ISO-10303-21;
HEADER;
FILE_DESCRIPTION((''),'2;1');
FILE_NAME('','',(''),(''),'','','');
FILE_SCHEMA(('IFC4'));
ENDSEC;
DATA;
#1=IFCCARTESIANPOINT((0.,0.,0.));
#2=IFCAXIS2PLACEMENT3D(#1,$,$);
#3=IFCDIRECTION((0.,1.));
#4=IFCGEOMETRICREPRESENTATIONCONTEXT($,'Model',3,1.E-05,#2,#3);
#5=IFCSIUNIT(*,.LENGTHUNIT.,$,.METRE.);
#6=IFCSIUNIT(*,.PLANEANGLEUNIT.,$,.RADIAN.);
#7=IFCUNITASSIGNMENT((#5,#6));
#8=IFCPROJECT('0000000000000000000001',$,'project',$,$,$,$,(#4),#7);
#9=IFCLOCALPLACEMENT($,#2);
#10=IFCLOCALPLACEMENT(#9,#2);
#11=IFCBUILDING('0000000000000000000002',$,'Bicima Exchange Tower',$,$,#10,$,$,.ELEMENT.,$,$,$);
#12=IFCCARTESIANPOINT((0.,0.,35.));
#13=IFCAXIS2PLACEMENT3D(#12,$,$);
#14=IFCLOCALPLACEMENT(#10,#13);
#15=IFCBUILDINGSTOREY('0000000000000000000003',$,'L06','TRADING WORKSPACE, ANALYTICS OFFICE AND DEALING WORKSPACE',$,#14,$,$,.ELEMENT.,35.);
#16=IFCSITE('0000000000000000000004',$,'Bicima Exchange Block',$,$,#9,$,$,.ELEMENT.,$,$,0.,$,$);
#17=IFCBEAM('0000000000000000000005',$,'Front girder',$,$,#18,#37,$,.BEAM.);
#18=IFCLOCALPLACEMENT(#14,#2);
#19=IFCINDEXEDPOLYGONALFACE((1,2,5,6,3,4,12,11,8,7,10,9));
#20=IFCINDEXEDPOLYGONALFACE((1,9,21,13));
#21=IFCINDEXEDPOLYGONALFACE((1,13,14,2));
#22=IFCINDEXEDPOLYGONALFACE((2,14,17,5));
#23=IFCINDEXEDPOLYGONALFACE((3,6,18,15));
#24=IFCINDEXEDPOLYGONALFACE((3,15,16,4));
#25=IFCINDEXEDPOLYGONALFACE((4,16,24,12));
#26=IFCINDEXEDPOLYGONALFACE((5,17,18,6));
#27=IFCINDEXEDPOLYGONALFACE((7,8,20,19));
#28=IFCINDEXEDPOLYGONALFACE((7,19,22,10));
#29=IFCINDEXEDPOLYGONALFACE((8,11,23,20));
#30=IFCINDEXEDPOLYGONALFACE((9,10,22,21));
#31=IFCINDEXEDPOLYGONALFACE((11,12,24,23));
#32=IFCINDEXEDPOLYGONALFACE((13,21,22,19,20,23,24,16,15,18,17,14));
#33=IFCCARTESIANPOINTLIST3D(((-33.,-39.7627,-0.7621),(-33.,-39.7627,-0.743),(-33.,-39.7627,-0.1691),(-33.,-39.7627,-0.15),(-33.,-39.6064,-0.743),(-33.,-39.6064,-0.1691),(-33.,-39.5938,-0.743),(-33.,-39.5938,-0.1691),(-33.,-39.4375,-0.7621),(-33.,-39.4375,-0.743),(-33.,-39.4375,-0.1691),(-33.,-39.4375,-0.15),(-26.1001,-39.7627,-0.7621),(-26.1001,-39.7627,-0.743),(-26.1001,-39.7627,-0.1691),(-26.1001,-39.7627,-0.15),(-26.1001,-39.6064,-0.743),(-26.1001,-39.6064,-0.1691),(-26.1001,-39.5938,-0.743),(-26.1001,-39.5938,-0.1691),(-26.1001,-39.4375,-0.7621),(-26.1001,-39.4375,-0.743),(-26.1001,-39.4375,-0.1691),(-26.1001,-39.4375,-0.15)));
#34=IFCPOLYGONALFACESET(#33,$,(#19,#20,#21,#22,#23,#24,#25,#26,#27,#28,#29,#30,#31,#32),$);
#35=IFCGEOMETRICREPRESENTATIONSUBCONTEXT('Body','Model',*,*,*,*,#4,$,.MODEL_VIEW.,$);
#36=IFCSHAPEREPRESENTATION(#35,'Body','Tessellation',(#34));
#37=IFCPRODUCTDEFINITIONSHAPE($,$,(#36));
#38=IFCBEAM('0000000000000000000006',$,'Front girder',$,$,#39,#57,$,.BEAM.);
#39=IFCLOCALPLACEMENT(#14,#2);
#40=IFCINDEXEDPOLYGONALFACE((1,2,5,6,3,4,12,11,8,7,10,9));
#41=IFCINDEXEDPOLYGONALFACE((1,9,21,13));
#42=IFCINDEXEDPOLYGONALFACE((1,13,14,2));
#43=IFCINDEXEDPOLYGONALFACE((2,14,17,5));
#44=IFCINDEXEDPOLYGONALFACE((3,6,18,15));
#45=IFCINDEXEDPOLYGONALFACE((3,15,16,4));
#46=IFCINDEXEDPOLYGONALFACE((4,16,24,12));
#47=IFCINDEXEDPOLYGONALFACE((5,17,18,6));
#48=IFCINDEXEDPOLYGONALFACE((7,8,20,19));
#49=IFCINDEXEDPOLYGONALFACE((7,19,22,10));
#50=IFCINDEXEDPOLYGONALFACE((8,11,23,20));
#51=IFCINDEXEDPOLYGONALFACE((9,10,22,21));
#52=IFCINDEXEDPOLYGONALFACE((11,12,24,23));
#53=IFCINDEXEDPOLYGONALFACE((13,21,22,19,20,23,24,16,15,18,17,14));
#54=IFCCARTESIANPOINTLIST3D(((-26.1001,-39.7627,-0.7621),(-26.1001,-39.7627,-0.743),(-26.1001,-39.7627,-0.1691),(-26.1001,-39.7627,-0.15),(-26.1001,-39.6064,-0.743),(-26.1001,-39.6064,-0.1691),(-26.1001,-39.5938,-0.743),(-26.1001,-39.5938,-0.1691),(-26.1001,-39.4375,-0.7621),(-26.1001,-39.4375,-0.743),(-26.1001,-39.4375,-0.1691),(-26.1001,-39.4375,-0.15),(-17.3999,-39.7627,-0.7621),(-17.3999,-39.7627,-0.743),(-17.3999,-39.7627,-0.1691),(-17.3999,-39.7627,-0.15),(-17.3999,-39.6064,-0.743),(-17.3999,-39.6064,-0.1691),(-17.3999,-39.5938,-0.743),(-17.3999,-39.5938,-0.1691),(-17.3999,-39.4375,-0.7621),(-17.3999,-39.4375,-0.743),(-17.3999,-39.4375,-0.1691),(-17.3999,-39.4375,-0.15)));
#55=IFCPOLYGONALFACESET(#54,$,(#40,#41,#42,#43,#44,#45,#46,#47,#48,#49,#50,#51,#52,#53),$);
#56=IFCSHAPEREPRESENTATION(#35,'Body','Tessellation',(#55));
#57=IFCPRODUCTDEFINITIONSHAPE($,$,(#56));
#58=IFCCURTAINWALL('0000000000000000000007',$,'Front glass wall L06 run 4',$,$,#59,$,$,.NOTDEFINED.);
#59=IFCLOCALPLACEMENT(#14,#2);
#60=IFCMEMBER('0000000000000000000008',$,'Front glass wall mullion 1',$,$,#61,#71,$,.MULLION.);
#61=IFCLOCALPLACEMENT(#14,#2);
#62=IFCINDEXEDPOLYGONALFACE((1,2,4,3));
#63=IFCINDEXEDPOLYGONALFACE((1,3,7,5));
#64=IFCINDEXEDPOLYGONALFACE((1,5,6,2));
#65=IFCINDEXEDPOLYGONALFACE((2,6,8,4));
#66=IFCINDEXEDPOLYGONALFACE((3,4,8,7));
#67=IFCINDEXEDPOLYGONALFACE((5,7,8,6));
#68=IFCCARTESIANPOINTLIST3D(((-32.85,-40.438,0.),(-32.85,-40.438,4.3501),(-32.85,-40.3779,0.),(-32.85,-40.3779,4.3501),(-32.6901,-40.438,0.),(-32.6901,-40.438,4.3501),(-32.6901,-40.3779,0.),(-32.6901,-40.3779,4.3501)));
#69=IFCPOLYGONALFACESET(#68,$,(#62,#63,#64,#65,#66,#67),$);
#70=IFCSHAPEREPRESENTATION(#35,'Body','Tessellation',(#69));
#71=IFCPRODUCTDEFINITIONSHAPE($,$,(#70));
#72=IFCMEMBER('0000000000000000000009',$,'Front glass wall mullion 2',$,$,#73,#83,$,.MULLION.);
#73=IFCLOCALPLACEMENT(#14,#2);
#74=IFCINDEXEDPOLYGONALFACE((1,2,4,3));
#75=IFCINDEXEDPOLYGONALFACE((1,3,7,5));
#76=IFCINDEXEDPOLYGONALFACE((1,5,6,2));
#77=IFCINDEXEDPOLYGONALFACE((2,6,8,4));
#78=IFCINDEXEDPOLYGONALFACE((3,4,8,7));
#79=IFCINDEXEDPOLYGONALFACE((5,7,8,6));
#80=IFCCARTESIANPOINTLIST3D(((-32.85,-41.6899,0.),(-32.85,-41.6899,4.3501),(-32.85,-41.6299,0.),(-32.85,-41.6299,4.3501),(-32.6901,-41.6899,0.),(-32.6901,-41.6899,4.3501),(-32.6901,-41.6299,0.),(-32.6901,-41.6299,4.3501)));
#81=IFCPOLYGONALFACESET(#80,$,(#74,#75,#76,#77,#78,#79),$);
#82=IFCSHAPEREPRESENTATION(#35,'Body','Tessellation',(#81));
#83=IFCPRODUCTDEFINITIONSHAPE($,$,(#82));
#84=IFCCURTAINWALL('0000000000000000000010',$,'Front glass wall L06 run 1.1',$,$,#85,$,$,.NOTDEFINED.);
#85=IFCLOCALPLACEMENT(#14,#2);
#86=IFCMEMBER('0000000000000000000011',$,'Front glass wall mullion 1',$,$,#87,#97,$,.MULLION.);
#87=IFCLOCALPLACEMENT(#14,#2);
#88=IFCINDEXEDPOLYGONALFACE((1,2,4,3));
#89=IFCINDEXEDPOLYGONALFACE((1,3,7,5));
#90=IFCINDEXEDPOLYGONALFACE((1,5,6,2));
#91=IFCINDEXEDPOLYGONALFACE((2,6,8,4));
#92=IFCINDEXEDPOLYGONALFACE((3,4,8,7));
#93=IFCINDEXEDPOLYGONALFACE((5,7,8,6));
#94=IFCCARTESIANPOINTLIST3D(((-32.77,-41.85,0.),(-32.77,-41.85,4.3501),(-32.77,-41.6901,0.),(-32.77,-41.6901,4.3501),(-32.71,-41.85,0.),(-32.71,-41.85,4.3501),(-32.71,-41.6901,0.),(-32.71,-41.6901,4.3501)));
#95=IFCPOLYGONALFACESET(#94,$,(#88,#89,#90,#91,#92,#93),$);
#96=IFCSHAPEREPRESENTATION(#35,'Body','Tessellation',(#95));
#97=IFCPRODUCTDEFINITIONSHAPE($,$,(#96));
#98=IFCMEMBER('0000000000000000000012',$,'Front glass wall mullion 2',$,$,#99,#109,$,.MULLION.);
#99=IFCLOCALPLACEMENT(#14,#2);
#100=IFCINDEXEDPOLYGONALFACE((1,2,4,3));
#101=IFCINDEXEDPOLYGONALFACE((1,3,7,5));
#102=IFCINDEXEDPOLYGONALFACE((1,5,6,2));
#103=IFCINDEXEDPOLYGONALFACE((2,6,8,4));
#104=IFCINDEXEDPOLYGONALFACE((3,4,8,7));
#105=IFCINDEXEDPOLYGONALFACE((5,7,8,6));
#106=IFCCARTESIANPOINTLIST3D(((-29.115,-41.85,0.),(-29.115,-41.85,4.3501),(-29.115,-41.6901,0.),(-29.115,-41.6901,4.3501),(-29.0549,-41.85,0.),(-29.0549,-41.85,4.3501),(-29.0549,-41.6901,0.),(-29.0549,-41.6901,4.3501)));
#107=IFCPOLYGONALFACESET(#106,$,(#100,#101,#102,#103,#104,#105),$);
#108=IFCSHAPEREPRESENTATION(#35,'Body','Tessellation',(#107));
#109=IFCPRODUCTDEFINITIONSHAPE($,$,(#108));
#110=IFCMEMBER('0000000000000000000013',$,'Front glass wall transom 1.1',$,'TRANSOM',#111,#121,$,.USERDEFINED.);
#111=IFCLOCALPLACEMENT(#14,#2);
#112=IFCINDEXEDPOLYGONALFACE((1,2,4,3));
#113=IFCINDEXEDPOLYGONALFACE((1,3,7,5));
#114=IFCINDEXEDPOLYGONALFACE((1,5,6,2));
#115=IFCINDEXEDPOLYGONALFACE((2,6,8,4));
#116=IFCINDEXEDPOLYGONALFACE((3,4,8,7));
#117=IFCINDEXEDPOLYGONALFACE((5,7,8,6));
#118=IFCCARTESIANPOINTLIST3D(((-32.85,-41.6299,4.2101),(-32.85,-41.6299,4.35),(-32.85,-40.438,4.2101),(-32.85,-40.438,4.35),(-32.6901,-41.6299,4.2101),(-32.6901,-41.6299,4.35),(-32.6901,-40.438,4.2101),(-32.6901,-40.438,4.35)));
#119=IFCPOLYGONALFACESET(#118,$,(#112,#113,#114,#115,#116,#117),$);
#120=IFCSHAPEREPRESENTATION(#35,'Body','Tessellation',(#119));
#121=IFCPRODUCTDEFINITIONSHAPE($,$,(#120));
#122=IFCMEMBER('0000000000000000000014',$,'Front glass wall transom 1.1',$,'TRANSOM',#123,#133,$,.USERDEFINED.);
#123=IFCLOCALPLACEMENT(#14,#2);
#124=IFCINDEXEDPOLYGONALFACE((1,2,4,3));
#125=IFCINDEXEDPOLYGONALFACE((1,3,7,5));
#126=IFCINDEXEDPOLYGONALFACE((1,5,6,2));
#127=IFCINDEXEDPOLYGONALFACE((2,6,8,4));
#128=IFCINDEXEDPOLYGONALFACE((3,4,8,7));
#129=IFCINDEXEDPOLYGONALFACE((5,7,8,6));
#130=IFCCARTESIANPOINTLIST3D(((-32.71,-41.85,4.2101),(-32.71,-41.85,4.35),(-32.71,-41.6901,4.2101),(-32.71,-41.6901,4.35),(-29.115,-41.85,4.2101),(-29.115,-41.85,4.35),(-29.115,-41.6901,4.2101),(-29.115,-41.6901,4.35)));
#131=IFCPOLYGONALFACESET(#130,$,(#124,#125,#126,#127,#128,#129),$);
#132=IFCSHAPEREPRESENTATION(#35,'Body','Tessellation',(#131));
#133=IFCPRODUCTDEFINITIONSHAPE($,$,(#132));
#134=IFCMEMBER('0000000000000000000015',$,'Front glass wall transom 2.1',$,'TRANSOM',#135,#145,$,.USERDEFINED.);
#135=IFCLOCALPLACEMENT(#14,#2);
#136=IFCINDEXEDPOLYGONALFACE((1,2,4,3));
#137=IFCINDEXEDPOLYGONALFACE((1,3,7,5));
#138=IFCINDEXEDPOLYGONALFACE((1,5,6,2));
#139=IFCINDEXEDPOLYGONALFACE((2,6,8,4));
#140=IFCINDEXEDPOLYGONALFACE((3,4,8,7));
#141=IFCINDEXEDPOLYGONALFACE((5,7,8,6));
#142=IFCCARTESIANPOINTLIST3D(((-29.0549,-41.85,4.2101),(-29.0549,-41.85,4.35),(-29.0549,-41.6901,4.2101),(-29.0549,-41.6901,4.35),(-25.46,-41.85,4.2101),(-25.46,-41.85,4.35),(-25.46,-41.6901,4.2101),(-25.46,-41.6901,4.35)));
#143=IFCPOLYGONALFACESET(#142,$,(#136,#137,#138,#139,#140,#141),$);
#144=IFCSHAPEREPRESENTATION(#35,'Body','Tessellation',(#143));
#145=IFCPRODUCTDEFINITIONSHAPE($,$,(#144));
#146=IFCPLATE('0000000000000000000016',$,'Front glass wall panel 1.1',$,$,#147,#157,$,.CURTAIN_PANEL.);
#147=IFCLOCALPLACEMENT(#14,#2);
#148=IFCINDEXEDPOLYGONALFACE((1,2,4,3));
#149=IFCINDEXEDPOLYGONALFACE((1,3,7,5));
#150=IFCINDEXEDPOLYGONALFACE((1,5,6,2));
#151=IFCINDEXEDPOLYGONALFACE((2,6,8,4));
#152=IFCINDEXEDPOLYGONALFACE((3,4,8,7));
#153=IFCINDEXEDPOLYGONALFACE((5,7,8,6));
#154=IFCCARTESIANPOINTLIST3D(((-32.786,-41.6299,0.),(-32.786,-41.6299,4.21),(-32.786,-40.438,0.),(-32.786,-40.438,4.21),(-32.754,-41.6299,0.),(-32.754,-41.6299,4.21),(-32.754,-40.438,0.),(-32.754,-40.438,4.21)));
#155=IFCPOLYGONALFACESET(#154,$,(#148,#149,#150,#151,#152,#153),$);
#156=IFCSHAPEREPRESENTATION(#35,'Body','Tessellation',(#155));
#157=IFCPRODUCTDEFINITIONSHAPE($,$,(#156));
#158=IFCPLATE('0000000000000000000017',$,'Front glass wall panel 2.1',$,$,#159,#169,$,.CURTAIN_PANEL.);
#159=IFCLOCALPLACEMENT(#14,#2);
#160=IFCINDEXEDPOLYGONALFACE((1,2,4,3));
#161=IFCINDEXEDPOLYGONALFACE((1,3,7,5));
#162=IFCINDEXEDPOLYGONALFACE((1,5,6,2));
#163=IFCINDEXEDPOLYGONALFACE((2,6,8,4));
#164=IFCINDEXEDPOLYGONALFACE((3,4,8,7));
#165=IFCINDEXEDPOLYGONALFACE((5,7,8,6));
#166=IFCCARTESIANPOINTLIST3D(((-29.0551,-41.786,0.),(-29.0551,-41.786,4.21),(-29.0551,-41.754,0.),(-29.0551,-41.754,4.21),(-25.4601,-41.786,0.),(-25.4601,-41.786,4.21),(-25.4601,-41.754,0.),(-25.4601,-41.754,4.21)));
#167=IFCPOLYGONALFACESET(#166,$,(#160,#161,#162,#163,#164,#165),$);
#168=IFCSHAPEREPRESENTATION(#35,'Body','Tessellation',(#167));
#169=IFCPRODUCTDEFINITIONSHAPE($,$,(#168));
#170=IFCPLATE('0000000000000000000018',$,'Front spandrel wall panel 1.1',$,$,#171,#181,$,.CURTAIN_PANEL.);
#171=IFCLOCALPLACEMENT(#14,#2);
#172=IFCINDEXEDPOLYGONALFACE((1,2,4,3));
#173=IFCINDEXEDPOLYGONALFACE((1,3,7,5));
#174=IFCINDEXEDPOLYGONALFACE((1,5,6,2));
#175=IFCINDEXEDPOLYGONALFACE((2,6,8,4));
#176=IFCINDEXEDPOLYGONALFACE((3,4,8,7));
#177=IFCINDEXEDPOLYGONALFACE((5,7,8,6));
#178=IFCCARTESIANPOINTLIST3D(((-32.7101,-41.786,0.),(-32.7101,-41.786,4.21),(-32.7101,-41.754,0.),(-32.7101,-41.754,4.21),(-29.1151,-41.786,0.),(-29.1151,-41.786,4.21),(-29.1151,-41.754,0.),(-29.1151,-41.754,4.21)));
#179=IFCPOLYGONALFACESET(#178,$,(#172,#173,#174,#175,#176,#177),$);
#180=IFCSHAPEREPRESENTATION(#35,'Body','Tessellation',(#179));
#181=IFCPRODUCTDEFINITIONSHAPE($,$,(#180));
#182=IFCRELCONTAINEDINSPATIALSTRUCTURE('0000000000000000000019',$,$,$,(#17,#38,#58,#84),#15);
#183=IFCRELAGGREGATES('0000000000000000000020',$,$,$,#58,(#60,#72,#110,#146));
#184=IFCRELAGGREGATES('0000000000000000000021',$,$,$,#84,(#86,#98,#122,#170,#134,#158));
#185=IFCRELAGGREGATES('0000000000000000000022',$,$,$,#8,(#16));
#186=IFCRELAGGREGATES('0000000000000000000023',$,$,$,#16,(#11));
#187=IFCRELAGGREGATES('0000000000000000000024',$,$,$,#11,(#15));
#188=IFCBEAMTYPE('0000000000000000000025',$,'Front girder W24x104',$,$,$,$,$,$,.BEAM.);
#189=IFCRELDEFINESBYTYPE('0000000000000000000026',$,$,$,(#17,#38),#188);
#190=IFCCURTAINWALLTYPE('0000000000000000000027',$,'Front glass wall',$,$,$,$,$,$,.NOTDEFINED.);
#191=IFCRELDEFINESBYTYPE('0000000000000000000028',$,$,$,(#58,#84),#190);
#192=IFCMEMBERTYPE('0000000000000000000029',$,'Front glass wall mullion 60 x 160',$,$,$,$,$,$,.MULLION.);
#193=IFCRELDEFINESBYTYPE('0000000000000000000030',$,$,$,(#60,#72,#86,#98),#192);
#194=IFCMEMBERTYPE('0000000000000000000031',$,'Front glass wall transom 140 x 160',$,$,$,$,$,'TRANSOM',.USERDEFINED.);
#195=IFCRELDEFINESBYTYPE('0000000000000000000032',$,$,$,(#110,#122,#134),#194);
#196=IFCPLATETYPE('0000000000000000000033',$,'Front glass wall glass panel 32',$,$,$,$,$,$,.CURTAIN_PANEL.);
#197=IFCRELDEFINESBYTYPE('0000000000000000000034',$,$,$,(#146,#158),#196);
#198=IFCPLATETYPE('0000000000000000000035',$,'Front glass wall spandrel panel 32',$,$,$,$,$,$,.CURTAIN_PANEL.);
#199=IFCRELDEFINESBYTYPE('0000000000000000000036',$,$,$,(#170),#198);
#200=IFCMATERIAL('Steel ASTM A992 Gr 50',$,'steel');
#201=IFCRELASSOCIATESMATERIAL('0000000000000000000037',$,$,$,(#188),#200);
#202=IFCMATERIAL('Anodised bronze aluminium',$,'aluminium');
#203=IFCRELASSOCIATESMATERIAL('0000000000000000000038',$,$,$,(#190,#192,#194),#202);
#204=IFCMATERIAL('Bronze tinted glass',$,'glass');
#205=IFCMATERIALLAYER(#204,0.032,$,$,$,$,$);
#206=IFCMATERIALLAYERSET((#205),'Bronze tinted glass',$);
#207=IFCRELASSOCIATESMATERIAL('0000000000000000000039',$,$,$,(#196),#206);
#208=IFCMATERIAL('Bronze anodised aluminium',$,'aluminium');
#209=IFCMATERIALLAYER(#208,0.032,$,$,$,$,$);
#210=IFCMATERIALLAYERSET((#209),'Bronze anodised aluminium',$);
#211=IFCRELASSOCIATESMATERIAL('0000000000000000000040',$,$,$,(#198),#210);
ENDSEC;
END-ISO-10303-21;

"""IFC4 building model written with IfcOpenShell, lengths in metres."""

from ifc_helpers import new_model, si_unit, direction, frame, origin, origin_2d, place, context, subcontext, project, spatial, rectangle, i_section, extrude, material, layer, layer_set, material_profile, profile_set, type_object, element, aggregate, save


model = new_model("IFC4")

# Units and contexts
model_context = context("Model", 3, precision=1e-05, world=origin(), true_north=direction((0.0, 1.0)))
body_context = subcontext(model_context, "Body", "Model", "MODEL_VIEW")
ifc_project = project(units=[si_unit("LENGTHUNIT", "METRE"), si_unit("PLANEANGLEUNIT", "RADIAN")], contexts=[model_context])

# Site, building, storey
site_placement = place(None, origin())
site = spatial("IfcSite", under=ifc_project, at=site_placement, Name="Bicima Exchange Block", CompositionType="ELEMENT", RefElevation=0.0)
building_placement = place(site_placement, origin())
building = spatial("IfcBuilding", under=site, at=building_placement, Name="Bicima Exchange Tower", CompositionType="ELEMENT")
storey_placement = place(building_placement, frame((0.0, 0.0, 35.0)))
storey = spatial("IfcBuildingStorey", under=building, at=storey_placement, Name="L06", Description="TRADING WORKSPACE, ANALYTICS OFFICE AND DEALING WORKSPACE", CompositionType="ELEMENT", Elevation=35.0)

# Shared definitions
ifc_material_1 = material(Name="Steel ASTM A992 Gr 50", Category="steel")

# Beams
ifc_material_profile_1 = material_profile(ifc_material_1, i_section(OverallWidth=0.3252, OverallDepth=0.6121, WebThickness=0.0127, FlangeThickness=0.019, at=origin_2d()))
ifc_profile_set_1 = profile_set([ifc_material_profile_1], Name="Steel ASTM A992 Gr 50")
beam_type = type_object("IfcBeamType", Name="Front girder W24x104", PredefinedType="BEAM", material=ifc_profile_set_1)
beam_1_placement = place(storey_placement, frame((-33.0, -39.6001, -0.4561), z_axis=(1.0, 0.0, 0.0), x_axis=(0.0, 1.0, 0.0)))
element("IfcBeam", 1, at=beam_1_placement, inside=storey, type_object=beam_type, Name="Front girder", PredefinedType="BEAM", context=body_context, shape_type="SweptSolid", body=[
    extrude(i_section(OverallWidth=0.3252, OverallDepth=0.6121, WebThickness=0.0127, FlangeThickness=0.019, at=origin_2d()), origin(), (0.0, 0.0, 1.0), 6.8999),
])
beam_2_placement = place(storey_placement, frame((-26.1001, -39.6001, -0.4561), z_axis=(1.0, 0.0, 0.0), x_axis=(0.0, 1.0, 0.0)))
element("IfcBeam", 2, at=beam_2_placement, inside=storey, type_object=beam_type, Name="Front girder", PredefinedType="BEAM", context=body_context, shape_type="SweptSolid", body=[
    extrude(i_section(OverallWidth=0.3252, OverallDepth=0.6121, WebThickness=0.0127, FlangeThickness=0.019, at=origin_2d()), origin(), (0.0, 0.0, 1.0), 8.7002),
])

# Curtain walls, members
ifc_material_2 = material(Name="Anodised bronze aluminium", Category="aluminium")
curtain_wall_type = type_object("IfcCurtainWallType", Name="Front glass wall", PredefinedType="NOTDEFINED", material=ifc_material_2)
curtain_wall_1_placement = place(storey_placement, origin())
curtain_wall_1 = element("IfcCurtainWall", 3, at=curtain_wall_1_placement, inside=storey, type_object=curtain_wall_type, Name="Front glass wall L06 run 4", PredefinedType="NOTDEFINED")
ifc_material_profile_2 = material_profile(ifc_material_2, rectangle(XDim=0.1599, YDim=0.0601, at=origin_2d()))
ifc_profile_set_2 = profile_set([ifc_material_profile_2], Name="Anodised bronze aluminium")
member_type_1 = type_object("IfcMemberType", Name="Front glass wall mullion 60 x 160", PredefinedType="MULLION", material=ifc_profile_set_2)
member_1_placement = place(storey_placement, frame((-32.77, -40.408, 0.0), z_axis=(0.0, 0.0, 1.0), x_axis=(1.0, 0.0, 0.0)))
member_1 = element("IfcMember", 4, at=member_1_placement, type_object=member_type_1, Name="Front glass wall mullion 1", PredefinedType="MULLION", context=body_context, shape_type="SweptSolid", body=[
    extrude(rectangle(XDim=0.1599, YDim=0.0601, at=origin_2d()), origin(), (0.0, 0.0, 1.0), 4.3501),
])
member_2_placement = place(storey_placement, frame((-32.77, -41.6599, 0.0), z_axis=(0.0, 0.0, 1.0), x_axis=(1.0, 0.0, 0.0)))
member_2 = element("IfcMember", 5, at=member_2_placement, type_object=member_type_1, Name="Front glass wall mullion 2", PredefinedType="MULLION", context=body_context, shape_type="SweptSolid", body=[
    extrude(rectangle(XDim=0.1599, YDim=0.0601, at=origin_2d()), origin(), (0.0, 0.0, 1.0), 4.3501),
])
curtain_wall_2_placement = place(storey_placement, origin())
curtain_wall_2 = element("IfcCurtainWall", 6, at=curtain_wall_2_placement, inside=storey, type_object=curtain_wall_type, Name="Front glass wall L06 run 1.1", PredefinedType="NOTDEFINED")
member_3_placement = place(storey_placement, frame((-32.74, -41.77, 0.0), z_axis=(0.0, 0.0, 1.0), x_axis=(0.0, 1.0, 0.0)))
member_3 = element("IfcMember", 7, at=member_3_placement, type_object=member_type_1, Name="Front glass wall mullion 1", PredefinedType="MULLION", context=body_context, shape_type="SweptSolid", body=[
    extrude(rectangle(XDim=0.1599, YDim=0.0601, at=origin_2d()), origin(), (0.0, 0.0, 1.0), 4.3501),
])
member_4_placement = place(storey_placement, frame((-29.085, -41.77, 0.0), z_axis=(0.0, 0.0, 1.0), x_axis=(0.0, 1.0, 0.0)))
member_4 = element("IfcMember", 8, at=member_4_placement, type_object=member_type_1, Name="Front glass wall mullion 2", PredefinedType="MULLION", context=body_context, shape_type="SweptSolid", body=[
    extrude(rectangle(XDim=0.1599, YDim=0.0601, at=origin_2d()), origin(), (0.0, 0.0, 1.0), 4.3501),
])

# Members
ifc_material_profile_3 = material_profile(ifc_material_2, rectangle(XDim=0.1599, YDim=0.1399, at=origin_2d()))
ifc_profile_set_3 = profile_set([ifc_material_profile_3], Name="Anodised bronze aluminium")
member_type_2 = type_object("IfcMemberType", Name="Front glass wall transom 140 x 160", ElementType="TRANSOM", PredefinedType="USERDEFINED", material=ifc_profile_set_3)
member_5_placement = place(storey_placement, frame((-32.77, -40.438, 4.28), z_axis=(0.0, -1.0, 0.0), x_axis=(1.0, 0.0, 0.0)))
member_5 = element("IfcMember", 9, at=member_5_placement, type_object=member_type_2, Name="Front glass wall transom 1.1", ObjectType="TRANSOM", PredefinedType="USERDEFINED", context=body_context, shape_type="SweptSolid", body=[
    extrude(rectangle(XDim=0.1599, YDim=0.1399, at=origin_2d()), origin(), (0.0, 0.0, 1.0), 1.1919),
])
member_6_placement = place(storey_placement, frame((-32.71, -41.77, 4.28), z_axis=(1.0, 0.0, 0.0), x_axis=(0.0, 1.0, 0.0)))
member_6 = element("IfcMember", 10, at=member_6_placement, type_object=member_type_2, Name="Front glass wall transom 1.1", ObjectType="TRANSOM", PredefinedType="USERDEFINED", context=body_context, shape_type="SweptSolid", body=[
    extrude(rectangle(XDim=0.1599, YDim=0.1399, at=origin_2d()), origin(), (0.0, 0.0, 1.0), 3.595),
])
member_7_placement = place(storey_placement, frame((-29.0549, -41.77, 4.28), z_axis=(1.0, 0.0, 0.0), x_axis=(0.0, 1.0, 0.0)))
member_7 = element("IfcMember", 11, at=member_7_placement, type_object=member_type_2, Name="Front glass wall transom 2.1", ObjectType="TRANSOM", PredefinedType="USERDEFINED", context=body_context, shape_type="SweptSolid", body=[
    extrude(rectangle(XDim=0.1599, YDim=0.1399, at=origin_2d()), origin(), (0.0, 0.0, 1.0), 3.595),
])

# Plates
ifc_material_3 = material(Name="Bronze tinted glass", Category="glass")
ifc_layer_1 = layer(ifc_material_3, 0.032)
ifc_layer_set_1 = layer_set([ifc_layer_1], Name="Bronze tinted glass")
plate_type_1 = type_object("IfcPlateType", Name="Front glass wall glass panel 32", PredefinedType="CURTAIN_PANEL", material=ifc_layer_set_1)
plate_1_placement = place(storey_placement, frame((-32.77, -41.0339, 0.0), z_axis=(0.0, 0.0, 1.0), x_axis=(0.0, -1.0, 0.0)))
plate_1 = element("IfcPlate", 12, at=plate_1_placement, type_object=plate_type_1, Name="Front glass wall panel 1.1", PredefinedType="CURTAIN_PANEL", context=body_context, shape_type="SweptSolid", body=[
    extrude(rectangle(XDim=1.1919, YDim=0.032, at=origin_2d()), origin(), (0.0, 0.0, 1.0), 4.21),
])
aggregate(curtain_wall_1, [member_1, member_2, member_5, plate_1])
plate_2_placement = place(storey_placement, frame((-27.2576, -41.77, 0.0), z_axis=(0.0, 0.0, 1.0), x_axis=(1.0, 0.0, 0.0)))
plate_2 = element("IfcPlate", 13, at=plate_2_placement, type_object=plate_type_1, Name="Front glass wall panel 2.1", PredefinedType="CURTAIN_PANEL", context=body_context, shape_type="SweptSolid", body=[
    extrude(rectangle(XDim=3.595, YDim=0.032, at=origin_2d()), origin(), (0.0, 0.0, 1.0), 4.21),
])
ifc_material_4 = material(Name="Bronze anodised aluminium", Category="aluminium")
ifc_layer_2 = layer(ifc_material_4, 0.032)
ifc_layer_set_2 = layer_set([ifc_layer_2], Name="Bronze anodised aluminium")
plate_type_2 = type_object("IfcPlateType", Name="Front glass wall spandrel panel 32", PredefinedType="CURTAIN_PANEL", material=ifc_layer_set_2)
plate_3_placement = place(storey_placement, frame((-30.9126, -41.77, 0.0), z_axis=(0.0, 0.0, 1.0), x_axis=(1.0, 0.0, 0.0)))
plate_3 = element("IfcPlate", 14, at=plate_3_placement, type_object=plate_type_2, Name="Front spandrel wall panel 1.1", PredefinedType="CURTAIN_PANEL", context=body_context, shape_type="SweptSolid", body=[
    extrude(rectangle(XDim=3.595, YDim=0.032, at=origin_2d()), origin(), (0.0, 0.0, 1.0), 4.21),
])
aggregate(curtain_wall_2, [member_3, member_4, member_6, plate_3, member_7, plate_2])

save(model, "model.ifc")
